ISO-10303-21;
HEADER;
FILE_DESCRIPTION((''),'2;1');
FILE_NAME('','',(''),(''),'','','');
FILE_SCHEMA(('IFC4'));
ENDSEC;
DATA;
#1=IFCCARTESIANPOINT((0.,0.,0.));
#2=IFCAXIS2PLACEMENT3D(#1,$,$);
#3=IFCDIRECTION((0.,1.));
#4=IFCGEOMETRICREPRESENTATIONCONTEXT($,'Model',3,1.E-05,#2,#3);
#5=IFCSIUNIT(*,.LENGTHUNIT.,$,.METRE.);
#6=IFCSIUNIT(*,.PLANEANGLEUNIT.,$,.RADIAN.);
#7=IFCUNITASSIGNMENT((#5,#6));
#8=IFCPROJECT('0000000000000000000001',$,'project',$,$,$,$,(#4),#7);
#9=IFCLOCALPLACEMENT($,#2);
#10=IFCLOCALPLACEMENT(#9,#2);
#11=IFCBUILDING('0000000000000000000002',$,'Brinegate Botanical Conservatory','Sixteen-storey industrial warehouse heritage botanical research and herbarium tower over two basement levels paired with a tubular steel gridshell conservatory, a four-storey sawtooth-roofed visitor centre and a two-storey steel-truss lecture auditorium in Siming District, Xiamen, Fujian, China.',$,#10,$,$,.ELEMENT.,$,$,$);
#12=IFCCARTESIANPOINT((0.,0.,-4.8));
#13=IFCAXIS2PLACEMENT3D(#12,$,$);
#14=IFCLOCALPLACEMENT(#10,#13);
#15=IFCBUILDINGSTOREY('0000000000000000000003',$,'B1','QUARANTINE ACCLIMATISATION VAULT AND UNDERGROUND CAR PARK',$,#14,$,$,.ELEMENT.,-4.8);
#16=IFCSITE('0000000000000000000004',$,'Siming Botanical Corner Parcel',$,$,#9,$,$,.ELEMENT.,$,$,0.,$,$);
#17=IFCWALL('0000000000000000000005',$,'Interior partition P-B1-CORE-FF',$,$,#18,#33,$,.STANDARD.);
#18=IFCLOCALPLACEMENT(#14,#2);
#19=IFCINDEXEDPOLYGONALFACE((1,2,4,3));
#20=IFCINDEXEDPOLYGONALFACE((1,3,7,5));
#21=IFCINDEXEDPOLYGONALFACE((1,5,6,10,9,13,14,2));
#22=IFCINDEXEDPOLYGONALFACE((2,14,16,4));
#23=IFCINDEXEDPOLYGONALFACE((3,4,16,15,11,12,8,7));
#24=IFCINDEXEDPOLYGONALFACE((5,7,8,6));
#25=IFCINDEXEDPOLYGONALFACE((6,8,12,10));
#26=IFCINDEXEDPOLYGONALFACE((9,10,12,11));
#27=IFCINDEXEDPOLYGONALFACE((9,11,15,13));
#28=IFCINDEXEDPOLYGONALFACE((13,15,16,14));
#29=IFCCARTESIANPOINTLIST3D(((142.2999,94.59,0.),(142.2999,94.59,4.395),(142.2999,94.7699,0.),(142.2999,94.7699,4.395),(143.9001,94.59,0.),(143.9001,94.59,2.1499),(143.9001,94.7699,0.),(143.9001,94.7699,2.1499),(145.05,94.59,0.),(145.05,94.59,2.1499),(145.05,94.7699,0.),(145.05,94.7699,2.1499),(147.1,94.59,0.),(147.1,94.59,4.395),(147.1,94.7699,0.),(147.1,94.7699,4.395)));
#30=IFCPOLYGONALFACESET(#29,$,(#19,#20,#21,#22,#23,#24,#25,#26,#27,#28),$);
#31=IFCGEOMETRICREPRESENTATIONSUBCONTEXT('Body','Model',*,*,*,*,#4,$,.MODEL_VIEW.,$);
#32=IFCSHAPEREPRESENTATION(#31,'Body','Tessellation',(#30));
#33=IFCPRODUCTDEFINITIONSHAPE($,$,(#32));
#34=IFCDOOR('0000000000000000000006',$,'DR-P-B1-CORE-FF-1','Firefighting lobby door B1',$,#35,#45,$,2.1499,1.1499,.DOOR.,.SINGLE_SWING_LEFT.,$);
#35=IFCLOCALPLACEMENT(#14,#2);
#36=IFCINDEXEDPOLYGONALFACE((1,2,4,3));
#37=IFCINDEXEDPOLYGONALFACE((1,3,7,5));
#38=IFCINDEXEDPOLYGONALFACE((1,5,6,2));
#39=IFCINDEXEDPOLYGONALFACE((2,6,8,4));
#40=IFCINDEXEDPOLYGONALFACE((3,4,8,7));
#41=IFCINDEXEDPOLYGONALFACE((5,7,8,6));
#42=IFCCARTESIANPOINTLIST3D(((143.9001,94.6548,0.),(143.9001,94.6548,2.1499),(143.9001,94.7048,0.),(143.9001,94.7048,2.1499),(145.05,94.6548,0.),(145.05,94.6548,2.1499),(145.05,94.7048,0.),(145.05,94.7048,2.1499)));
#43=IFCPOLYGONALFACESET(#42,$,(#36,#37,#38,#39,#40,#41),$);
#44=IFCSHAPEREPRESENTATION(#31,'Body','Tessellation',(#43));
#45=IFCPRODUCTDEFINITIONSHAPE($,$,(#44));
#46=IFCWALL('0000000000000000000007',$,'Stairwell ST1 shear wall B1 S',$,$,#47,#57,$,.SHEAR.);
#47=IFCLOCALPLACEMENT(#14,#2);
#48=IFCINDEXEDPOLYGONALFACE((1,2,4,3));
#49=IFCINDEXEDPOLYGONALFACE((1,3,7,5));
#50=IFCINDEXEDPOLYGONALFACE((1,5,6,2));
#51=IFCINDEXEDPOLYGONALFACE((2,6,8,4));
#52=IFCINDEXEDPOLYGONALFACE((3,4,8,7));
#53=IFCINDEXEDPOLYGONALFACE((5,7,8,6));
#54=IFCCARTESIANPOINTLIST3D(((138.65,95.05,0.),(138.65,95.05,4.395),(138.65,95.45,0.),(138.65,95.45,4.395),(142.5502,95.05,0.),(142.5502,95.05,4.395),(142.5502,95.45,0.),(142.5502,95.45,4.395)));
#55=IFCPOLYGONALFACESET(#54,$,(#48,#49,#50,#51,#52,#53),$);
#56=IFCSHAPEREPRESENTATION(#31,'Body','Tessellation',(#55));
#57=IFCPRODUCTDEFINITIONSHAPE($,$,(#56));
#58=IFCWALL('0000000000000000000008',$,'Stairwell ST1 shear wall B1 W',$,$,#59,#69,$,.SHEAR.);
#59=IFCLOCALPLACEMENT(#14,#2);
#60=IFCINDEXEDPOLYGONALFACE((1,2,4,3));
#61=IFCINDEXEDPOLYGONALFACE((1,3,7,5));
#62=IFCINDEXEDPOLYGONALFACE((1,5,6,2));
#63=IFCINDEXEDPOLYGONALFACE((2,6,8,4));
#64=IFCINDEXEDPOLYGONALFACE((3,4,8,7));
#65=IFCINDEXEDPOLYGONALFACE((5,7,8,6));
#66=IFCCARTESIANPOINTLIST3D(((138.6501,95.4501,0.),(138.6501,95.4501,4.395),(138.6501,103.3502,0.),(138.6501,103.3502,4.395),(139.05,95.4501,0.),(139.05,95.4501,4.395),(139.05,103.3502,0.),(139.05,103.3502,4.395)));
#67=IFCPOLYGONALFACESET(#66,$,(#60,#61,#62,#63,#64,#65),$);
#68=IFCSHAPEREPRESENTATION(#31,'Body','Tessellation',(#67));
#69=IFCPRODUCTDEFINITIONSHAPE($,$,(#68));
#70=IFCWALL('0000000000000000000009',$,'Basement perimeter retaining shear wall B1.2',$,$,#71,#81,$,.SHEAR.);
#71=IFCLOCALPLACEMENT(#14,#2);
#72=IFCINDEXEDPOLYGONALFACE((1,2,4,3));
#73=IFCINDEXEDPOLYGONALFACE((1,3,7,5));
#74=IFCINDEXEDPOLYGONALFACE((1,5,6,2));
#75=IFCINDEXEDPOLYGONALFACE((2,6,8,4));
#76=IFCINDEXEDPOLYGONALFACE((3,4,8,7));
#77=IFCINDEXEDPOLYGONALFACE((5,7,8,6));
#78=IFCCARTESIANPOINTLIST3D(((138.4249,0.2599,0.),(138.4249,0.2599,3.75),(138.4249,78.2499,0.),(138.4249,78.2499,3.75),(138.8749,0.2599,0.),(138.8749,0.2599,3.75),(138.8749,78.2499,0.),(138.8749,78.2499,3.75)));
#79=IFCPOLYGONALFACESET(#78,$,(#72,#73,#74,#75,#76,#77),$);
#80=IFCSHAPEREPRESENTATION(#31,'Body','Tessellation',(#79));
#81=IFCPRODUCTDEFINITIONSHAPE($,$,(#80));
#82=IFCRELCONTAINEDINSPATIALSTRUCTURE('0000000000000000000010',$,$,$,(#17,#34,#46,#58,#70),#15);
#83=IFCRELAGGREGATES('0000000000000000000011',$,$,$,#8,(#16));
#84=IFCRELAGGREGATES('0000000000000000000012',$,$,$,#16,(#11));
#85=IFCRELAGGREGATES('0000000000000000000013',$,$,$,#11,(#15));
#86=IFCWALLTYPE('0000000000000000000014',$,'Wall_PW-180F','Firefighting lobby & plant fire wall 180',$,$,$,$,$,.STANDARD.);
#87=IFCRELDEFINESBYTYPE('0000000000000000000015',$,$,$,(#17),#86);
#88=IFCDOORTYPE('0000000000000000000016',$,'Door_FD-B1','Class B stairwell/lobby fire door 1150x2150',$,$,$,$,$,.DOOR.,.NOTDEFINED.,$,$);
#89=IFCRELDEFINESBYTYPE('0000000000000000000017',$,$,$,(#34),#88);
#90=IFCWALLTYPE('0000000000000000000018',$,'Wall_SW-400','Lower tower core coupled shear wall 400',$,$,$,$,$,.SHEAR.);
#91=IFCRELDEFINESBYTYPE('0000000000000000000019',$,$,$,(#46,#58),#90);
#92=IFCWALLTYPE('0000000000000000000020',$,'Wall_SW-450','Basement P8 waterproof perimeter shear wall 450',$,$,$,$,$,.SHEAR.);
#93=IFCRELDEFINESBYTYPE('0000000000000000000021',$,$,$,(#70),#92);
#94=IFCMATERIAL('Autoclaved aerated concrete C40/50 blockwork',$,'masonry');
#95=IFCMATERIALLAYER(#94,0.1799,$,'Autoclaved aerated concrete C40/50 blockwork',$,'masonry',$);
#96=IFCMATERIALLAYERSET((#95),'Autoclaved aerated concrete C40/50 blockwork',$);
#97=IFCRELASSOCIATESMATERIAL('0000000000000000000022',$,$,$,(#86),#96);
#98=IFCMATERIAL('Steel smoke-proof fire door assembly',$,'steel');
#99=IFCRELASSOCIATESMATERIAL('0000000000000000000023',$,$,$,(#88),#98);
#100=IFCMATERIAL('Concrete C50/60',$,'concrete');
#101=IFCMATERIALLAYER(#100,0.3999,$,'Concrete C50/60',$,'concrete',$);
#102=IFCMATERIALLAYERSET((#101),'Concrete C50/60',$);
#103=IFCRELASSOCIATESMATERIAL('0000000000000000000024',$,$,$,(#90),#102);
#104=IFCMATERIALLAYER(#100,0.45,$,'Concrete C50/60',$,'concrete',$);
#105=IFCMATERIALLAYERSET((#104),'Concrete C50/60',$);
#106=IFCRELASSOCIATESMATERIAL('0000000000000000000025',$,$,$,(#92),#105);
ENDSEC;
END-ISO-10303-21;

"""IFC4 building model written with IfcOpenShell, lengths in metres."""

from ifc_helpers import new_model, si_unit, direction, frame, frame_2d, origin, place, context, subcontext, project, spatial, rectangle, extrude, material, layer, layer_set, type_object, element, fill, save


model = new_model("IFC4")

# Units and contexts
model_context = context("Model", 3, precision=1e-05, world=origin(), true_north=direction((0.0, 1.0)))
body_context = subcontext(model_context, "Body", "Model", "MODEL_VIEW")
ifc_project = project(units=[si_unit("LENGTHUNIT", "METRE"), si_unit("PLANEANGLEUNIT", "RADIAN")], contexts=[model_context])

# Site, building, storey
site_placement = place(None, origin())
site = spatial("IfcSite", under=ifc_project, at=site_placement, Name="Siming Botanical Corner Parcel", CompositionType="ELEMENT", RefElevation=0.0)
building_placement = place(site_placement, origin())
building = spatial("IfcBuilding", under=site, at=building_placement, Name="Brinegate Botanical Conservatory", Description="Sixteen-storey industrial warehouse heritage botanical research and herbarium tower over two basement levels paired with a tubular steel gridshell conservatory, a four-storey sawtooth-roofed visitor centre and a two-storey steel-truss lecture auditorium in Siming District, Xiamen, Fujian, China.", CompositionType="ELEMENT")
storey_placement = place(building_placement, frame((0.0, 0.0, -4.8)))
storey = spatial("IfcBuildingStorey", under=building, at=storey_placement, Name="B1", Description="QUARANTINE ACCLIMATISATION VAULT AND UNDERGROUND CAR PARK", CompositionType="ELEMENT", Elevation=-4.8)

# Shared definitions
ifc_material_1 = material(Name="Concrete C50/60", Category="concrete")

# Wall, opening, door
ifc_material_2 = material(Name="Autoclaved aerated concrete C40/50 blockwork", Category="masonry")
ifc_layer_1 = layer(ifc_material_2, 0.1799, Name="Autoclaved aerated concrete C40/50 blockwork", Category="masonry")
ifc_layer_set_1 = layer_set([ifc_layer_1], Name="Autoclaved aerated concrete C40/50 blockwork")
wall_type_1 = type_object("IfcWallType", Name="Wall_PW-180F", Description="Firefighting lobby & plant fire wall 180", PredefinedType="STANDARD", material=ifc_layer_set_1)
wall_1_placement = place(storey_placement, frame((142.3, 94.6799, 0.0), z_axis=(0.0, 0.0, 1.0), x_axis=(1.0, 0.0, 0.0)))
wall_1 = element("IfcWall", 1, at=wall_1_placement, inside=storey, type_object=wall_type_1, Name="Interior partition P-B1-CORE-FF", PredefinedType="STANDARD", context=body_context, shape_type="SweptSolid", body=[
    extrude(rectangle(XDim=4.8, YDim=0.1799, at=frame_2d((2.3999, 0.0))), origin(), (0.0, 0.0, 1.0), 4.395),
])
opening_placement = place(wall_1_placement, frame((1.6001, 0.0, 0.0)))
opening = element("IfcOpeningElement", 2, at=opening_placement, cuts=wall_1, PredefinedType="OPENING", context=body_context, shape_type="SweptSolid", body=[
    extrude(rectangle(XDim=1.1499, YDim=2.1499, at=frame_2d((0.575, 1.075))), frame((0.0, 0.0999, 0.0), z_axis=(0.0, -1.0, 0.0), x_axis=(1.0, 0.0, 0.0)), (0.0, 0.0, 1.0), 0.2),
])
ifc_material_3 = material(Name="Steel smoke-proof fire door assembly", Category="steel")
door_type = type_object("IfcDoorType", Name="Door_FD-B1", Description="Class B stairwell/lobby fire door 1150x2150", OperationType="NOTDEFINED", PredefinedType="DOOR", material=ifc_material_3)
door_placement = place(opening_placement, origin())
door = element("IfcDoor", 3, at=door_placement, inside=storey, type_object=door_type, Name="DR-P-B1-CORE-FF-1", Description="Firefighting lobby door B1", OperationType="SINGLE_SWING_LEFT", OverallHeight=2.1499, OverallWidth=1.1499, PredefinedType="DOOR", context=body_context, shape_type="SweptSolid", body=[
    extrude(rectangle(XDim=1.1499, YDim=2.1499, at=frame_2d((0.575, 1.075))), frame((0.0, 0.0249, 0.0), z_axis=(0.0, -1.0, 0.0), x_axis=(1.0, 0.0, 0.0)), (0.0, 0.0, 1.0), 0.05),
])
fill(opening, door)

# Walls
ifc_layer_2 = layer(ifc_material_1, 0.3999, Name="Concrete C50/60", Category="concrete")
ifc_layer_set_2 = layer_set([ifc_layer_2], Name="Concrete C50/60")
wall_type_2 = type_object("IfcWallType", Name="Wall_SW-400", Description="Lower tower core coupled shear wall 400", PredefinedType="SHEAR", material=ifc_layer_set_2)
wall_2_placement = place(storey_placement, frame((138.6499, 95.25, 0.0), z_axis=(0.0, 0.0, 1.0), x_axis=(1.0, 0.0, 0.0)))
element("IfcWall", 4, at=wall_2_placement, inside=storey, type_object=wall_type_2, Name="Stairwell ST1 shear wall B1 S", PredefinedType="SHEAR", context=body_context, shape_type="SweptSolid", body=[
    extrude(rectangle(XDim=3.9001, YDim=0.3999, at=frame_2d((1.9502, 0.0))), origin(), (0.0, 0.0, 1.0), 4.395),
])
wall_3_placement = place(storey_placement, frame((138.8501, 95.45, 0.0), z_axis=(0.0, 0.0, 1.0), x_axis=(0.0, 1.0, 0.0)))
element("IfcWall", 5, at=wall_3_placement, inside=storey, type_object=wall_type_2, Name="Stairwell ST1 shear wall B1 W", PredefinedType="SHEAR", context=body_context, shape_type="SweptSolid", body=[
    extrude(rectangle(XDim=7.9001, YDim=0.3999, at=frame_2d((3.9502, 0.0))), origin(), (0.0, 0.0, 1.0), 4.395),
])
ifc_layer_3 = layer(ifc_material_1, 0.45, Name="Concrete C50/60", Category="concrete")
ifc_layer_set_3 = layer_set([ifc_layer_3], Name="Concrete C50/60")
wall_type_3 = type_object("IfcWallType", Name="Wall_SW-450", Description="Basement P8 waterproof perimeter shear wall 450", PredefinedType="SHEAR", material=ifc_layer_set_3)
wall_4_placement = place(storey_placement, frame((138.6499, 78.25, 0.0), z_axis=(0.0, 0.0, 1.0), x_axis=(0.0, -1.0, 0.0)))
element("IfcWall", 6, at=wall_4_placement, inside=storey, type_object=wall_type_3, Name="Basement perimeter retaining shear wall B1.2", PredefinedType="SHEAR", context=body_context, shape_type="SweptSolid", body=[
    extrude(rectangle(XDim=77.99, YDim=0.45, at=frame_2d((38.9951, 0.0))), origin(), (0.0, 0.0, 1.0), 3.75),
])

save(model, "model.ifc")
